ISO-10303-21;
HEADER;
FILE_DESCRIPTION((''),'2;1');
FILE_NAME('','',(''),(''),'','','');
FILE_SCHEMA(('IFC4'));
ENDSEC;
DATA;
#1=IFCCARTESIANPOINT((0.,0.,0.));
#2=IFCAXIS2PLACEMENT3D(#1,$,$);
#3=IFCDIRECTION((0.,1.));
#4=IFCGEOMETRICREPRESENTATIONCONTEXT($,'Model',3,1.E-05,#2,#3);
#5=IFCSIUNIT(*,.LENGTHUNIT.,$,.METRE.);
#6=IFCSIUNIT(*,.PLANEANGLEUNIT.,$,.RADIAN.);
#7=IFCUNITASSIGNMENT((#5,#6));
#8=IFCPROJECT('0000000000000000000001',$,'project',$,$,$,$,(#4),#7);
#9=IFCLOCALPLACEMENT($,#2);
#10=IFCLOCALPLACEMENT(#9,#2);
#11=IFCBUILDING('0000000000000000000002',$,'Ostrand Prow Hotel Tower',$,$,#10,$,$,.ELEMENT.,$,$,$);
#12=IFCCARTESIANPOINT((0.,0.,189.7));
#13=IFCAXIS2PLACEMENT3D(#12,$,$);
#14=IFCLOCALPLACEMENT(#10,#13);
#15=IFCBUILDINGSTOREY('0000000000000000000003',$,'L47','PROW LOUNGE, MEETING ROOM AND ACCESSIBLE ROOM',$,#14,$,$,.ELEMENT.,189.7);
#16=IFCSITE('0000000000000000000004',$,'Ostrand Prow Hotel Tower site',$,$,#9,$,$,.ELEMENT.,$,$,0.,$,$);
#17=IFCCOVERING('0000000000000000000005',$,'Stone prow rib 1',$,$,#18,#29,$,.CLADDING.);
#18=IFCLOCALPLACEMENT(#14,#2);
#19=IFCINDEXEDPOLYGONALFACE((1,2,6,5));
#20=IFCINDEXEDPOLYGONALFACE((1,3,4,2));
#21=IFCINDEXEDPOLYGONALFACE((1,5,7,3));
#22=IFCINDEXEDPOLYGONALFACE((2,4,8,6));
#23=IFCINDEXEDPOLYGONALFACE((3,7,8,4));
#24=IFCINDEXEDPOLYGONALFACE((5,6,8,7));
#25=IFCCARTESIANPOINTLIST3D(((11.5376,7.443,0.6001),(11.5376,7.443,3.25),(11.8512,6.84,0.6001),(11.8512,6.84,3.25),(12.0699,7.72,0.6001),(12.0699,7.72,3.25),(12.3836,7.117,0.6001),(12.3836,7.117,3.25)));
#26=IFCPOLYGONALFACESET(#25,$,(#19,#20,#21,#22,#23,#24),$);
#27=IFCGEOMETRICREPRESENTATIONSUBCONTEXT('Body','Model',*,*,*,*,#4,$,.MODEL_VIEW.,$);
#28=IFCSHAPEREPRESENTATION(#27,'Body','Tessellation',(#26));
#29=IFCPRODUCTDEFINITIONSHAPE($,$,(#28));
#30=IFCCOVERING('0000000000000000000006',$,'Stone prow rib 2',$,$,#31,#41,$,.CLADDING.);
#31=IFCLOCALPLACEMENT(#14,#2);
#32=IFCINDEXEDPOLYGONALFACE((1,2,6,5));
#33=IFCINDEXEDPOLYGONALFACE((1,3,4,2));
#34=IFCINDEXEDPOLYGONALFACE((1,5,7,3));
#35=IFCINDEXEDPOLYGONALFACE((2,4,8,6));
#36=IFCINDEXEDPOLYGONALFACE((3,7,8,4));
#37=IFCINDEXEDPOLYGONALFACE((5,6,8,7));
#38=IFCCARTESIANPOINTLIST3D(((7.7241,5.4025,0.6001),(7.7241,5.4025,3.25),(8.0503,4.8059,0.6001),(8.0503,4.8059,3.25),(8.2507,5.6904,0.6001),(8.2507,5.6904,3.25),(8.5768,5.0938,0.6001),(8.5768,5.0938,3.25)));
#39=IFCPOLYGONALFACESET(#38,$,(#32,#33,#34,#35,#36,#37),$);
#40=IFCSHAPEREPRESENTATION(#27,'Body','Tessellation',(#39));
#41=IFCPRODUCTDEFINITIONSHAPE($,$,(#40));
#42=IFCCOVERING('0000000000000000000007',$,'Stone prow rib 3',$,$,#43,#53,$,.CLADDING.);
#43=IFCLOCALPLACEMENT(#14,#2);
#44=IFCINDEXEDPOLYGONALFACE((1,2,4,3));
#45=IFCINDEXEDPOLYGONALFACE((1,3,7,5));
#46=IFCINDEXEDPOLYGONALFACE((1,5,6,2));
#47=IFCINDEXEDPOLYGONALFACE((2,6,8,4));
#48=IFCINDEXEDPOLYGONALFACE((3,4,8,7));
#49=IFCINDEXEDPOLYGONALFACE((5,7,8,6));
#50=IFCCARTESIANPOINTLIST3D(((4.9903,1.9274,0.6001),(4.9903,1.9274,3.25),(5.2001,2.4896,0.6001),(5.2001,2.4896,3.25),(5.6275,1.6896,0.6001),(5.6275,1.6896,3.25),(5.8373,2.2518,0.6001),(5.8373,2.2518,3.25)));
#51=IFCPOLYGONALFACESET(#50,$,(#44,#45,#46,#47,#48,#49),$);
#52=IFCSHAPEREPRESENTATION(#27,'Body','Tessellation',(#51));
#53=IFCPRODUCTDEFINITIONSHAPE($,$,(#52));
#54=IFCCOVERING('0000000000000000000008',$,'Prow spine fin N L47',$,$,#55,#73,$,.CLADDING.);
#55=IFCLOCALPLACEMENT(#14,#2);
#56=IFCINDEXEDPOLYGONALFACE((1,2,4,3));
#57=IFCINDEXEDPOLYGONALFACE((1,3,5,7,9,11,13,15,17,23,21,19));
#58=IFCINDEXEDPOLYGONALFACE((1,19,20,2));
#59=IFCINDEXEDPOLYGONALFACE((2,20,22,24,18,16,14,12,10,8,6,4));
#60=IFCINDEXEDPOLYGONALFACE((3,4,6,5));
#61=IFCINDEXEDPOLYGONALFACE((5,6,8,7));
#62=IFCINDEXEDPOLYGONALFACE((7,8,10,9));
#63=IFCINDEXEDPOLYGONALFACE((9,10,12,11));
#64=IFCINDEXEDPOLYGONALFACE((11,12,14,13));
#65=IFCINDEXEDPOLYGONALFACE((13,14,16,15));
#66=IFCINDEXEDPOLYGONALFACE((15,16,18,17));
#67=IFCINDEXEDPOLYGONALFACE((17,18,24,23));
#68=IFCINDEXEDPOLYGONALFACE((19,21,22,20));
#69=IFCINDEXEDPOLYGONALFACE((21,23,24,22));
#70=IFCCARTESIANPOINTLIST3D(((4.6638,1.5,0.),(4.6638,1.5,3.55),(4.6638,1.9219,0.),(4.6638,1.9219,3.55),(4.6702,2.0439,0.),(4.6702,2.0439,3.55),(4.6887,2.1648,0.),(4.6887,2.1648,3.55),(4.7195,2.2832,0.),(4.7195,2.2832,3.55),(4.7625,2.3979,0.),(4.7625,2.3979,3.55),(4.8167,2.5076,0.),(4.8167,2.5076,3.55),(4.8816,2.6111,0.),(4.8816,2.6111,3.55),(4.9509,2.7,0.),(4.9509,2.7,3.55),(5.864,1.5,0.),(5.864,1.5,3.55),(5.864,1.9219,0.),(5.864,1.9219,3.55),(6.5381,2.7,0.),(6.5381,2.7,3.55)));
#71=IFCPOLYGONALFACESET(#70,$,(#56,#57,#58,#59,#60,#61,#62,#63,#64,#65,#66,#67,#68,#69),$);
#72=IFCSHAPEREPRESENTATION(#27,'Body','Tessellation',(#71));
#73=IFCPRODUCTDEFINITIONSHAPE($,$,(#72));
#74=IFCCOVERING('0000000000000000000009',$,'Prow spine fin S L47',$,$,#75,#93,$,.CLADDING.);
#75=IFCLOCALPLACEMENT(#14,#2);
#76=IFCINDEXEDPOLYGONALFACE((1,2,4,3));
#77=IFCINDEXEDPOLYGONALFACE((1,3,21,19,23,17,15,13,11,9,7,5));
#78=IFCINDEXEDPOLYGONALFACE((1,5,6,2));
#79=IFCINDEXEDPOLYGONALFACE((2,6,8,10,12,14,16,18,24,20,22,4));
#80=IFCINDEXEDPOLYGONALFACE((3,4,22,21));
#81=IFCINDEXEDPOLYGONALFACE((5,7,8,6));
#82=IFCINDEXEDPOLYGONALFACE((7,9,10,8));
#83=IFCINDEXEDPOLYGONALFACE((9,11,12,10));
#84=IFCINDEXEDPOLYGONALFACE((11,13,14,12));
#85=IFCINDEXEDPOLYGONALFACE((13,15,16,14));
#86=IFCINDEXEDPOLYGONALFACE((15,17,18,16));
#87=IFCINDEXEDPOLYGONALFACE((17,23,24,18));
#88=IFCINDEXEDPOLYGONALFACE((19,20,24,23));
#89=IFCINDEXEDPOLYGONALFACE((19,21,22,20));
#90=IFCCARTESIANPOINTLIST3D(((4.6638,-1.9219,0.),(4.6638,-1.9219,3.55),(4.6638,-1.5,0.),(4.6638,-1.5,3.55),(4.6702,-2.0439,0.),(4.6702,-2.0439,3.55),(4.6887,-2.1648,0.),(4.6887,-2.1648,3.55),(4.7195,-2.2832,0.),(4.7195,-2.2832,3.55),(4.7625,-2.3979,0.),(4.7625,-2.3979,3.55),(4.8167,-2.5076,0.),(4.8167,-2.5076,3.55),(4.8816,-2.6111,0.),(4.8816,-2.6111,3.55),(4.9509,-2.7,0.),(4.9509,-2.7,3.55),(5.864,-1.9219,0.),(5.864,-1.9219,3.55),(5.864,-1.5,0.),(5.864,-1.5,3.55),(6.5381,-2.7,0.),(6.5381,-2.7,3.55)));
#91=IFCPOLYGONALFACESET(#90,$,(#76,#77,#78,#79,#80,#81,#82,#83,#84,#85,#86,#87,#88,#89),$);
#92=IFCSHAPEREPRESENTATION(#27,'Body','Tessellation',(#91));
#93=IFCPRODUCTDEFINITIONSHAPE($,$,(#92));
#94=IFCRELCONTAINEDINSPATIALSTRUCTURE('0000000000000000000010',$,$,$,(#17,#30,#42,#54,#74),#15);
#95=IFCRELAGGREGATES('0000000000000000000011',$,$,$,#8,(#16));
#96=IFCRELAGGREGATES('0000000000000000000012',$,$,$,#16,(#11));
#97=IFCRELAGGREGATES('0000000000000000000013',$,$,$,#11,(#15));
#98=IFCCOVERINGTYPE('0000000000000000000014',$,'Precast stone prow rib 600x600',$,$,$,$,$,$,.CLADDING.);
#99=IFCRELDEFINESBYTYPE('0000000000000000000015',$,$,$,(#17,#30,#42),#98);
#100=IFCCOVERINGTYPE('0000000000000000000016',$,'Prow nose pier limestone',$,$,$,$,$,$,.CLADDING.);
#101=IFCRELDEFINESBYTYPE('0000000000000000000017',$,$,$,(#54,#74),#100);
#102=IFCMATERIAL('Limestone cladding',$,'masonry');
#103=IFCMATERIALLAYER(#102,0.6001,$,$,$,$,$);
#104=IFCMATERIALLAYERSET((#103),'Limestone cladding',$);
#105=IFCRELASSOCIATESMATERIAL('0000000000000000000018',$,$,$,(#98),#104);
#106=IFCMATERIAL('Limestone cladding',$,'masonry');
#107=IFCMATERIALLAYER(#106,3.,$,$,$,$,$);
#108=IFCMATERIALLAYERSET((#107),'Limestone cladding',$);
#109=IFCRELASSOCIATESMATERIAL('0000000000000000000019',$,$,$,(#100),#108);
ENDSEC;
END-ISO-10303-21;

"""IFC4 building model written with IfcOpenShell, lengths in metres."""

from ifc_helpers import new_model, si_unit, direction, frame, frame_2d, origin, place, context, subcontext, project, spatial, polyline, rectangle, outline, extrude, material, layer, layer_set, type_object, element, save


model = new_model("IFC4")

# Units and contexts
model_context = context("Model", 3, precision=1e-05, world=origin(), true_north=direction((0.0, 1.0)))
body_context = subcontext(model_context, "Body", "Model", "MODEL_VIEW")
ifc_project = project(units=[si_unit("LENGTHUNIT", "METRE"), si_unit("PLANEANGLEUNIT", "RADIAN")], contexts=[model_context])

# Site, building, storey
site_placement = place(None, origin())
site = spatial("IfcSite", under=ifc_project, at=site_placement, Name="Ostrand Prow Hotel Tower site", CompositionType="ELEMENT", RefElevation=0.0)
building_placement = place(site_placement, origin())
building = spatial("IfcBuilding", under=site, at=building_placement, Name="Ostrand Prow Hotel Tower", CompositionType="ELEMENT")
storey_placement = place(building_placement, frame((0.0, 0.0, 189.7)))
storey = spatial("IfcBuildingStorey", under=building, at=storey_placement, Name="L47", Description="PROW LOUNGE, MEETING ROOM AND ACCESSIBLE ROOM", CompositionType="ELEMENT", Elevation=189.7)

# Coverings
ifc_material_1 = material(Name="Limestone cladding", Category="masonry")
ifc_layer_1 = layer(ifc_material_1, 0.6001)
ifc_layer_set_1 = layer_set([ifc_layer_1], Name="Limestone cladding")
covering_type_1 = type_object("IfcCoveringType", Name="Precast stone prow rib 600x600", PredefinedType="CLADDING", material=ifc_layer_set_1)
covering_1_placement = place(storey_placement, frame((12.1174, 6.9785, 0.6001), z_axis=(0.0, 0.0, 1.0), x_axis=(-0.461522, 0.887129, 0.0)))
element("IfcCovering", 1, at=covering_1_placement, inside=storey, type_object=covering_type_1, Name="Stone prow rib 1", PredefinedType="CLADDING", context=body_context, shape_type="SweptSolid", body=[
    extrude(rectangle(XDim=0.6797, YDim=0.6001, at=frame_2d((0.3398, 0.0))), origin(), (0.0, 0.0, 1.0), 2.6499),
])
covering_2_placement = place(storey_placement, frame((8.3135, 4.95, 0.6001), z_axis=(0.0, 0.0, 1.0), x_axis=(-0.479657, 0.877456, 0.0)))
element("IfcCovering", 2, at=covering_2_placement, inside=storey, type_object=covering_type_1, Name="Stone prow rib 2", PredefinedType="CLADDING", context=body_context, shape_type="SweptSolid", body=[
    extrude(rectangle(XDim=0.6799, YDim=0.6001, at=frame_2d((0.3398, 0.0))), origin(), (0.0, 0.0, 1.0), 2.6499),
])
covering_3_placement = place(storey_placement, frame((5.7324, 1.9707, 0.6001), z_axis=(0.0, 0.0, 1.0), x_axis=(-0.936889, 0.349628, 0.0)))
element("IfcCovering", 3, at=covering_3_placement, inside=storey, type_object=covering_type_1, Name="Stone prow rib 3", PredefinedType="CLADDING", context=body_context, shape_type="SweptSolid", body=[
    extrude(rectangle(XDim=0.6802, YDim=0.6001, at=frame_2d((0.3401, 0.0))), origin(), (0.0, 0.0, 1.0), 2.6499),
])
ifc_material_2 = material(Name="Limestone cladding", Category="masonry")
ifc_layer_2 = layer(ifc_material_2, 3.0)
ifc_layer_set_2 = layer_set([ifc_layer_2], Name="Limestone cladding")
covering_type_2 = type_object("IfcCoveringType", Name="Prow nose pier limestone", PredefinedType="CLADDING", material=ifc_layer_set_2)
covering_4_placement = place(storey_placement, origin())
element("IfcCovering", 4, at=covering_4_placement, inside=storey, type_object=covering_type_2, Name="Prow spine fin N L47", PredefinedType="CLADDING", context=body_context, shape_type="SweptSolid", body=[
    extrude(outline(polyline([(4.6638, 1.9219), (4.6638, 1.5), (5.864, 1.5), (5.864, 1.9219), (6.5381, 2.7), (4.9509, 2.7), (4.8816, 2.6111), (4.8167, 2.5076), (4.7625, 2.3979), (4.7195, 2.2832), (4.6887, 2.1648), (4.6702, 2.0439), (4.6638, 1.9219)])), origin(), (0.0, 0.0, 1.0), 3.55),
])
covering_5_placement = place(storey_placement, origin())
element("IfcCovering", 5, at=covering_5_placement, inside=storey, type_object=covering_type_2, Name="Prow spine fin S L47", PredefinedType="CLADDING", context=body_context, shape_type="SweptSolid", body=[
    extrude(outline(polyline([(4.8816, -2.6111), (4.9509, -2.7), (6.5381, -2.7), (5.864, -1.9219), (5.864, -1.5), (4.6638, -1.5), (4.6638, -1.9219), (4.6702, -2.0439), (4.6887, -2.1648), (4.7195, -2.2832), (4.7625, -2.3979), (4.8167, -2.5076), (4.8816, -2.6111)])), origin(), (0.0, 0.0, 1.0), 3.55),
])

save(model, "model.ifc")
